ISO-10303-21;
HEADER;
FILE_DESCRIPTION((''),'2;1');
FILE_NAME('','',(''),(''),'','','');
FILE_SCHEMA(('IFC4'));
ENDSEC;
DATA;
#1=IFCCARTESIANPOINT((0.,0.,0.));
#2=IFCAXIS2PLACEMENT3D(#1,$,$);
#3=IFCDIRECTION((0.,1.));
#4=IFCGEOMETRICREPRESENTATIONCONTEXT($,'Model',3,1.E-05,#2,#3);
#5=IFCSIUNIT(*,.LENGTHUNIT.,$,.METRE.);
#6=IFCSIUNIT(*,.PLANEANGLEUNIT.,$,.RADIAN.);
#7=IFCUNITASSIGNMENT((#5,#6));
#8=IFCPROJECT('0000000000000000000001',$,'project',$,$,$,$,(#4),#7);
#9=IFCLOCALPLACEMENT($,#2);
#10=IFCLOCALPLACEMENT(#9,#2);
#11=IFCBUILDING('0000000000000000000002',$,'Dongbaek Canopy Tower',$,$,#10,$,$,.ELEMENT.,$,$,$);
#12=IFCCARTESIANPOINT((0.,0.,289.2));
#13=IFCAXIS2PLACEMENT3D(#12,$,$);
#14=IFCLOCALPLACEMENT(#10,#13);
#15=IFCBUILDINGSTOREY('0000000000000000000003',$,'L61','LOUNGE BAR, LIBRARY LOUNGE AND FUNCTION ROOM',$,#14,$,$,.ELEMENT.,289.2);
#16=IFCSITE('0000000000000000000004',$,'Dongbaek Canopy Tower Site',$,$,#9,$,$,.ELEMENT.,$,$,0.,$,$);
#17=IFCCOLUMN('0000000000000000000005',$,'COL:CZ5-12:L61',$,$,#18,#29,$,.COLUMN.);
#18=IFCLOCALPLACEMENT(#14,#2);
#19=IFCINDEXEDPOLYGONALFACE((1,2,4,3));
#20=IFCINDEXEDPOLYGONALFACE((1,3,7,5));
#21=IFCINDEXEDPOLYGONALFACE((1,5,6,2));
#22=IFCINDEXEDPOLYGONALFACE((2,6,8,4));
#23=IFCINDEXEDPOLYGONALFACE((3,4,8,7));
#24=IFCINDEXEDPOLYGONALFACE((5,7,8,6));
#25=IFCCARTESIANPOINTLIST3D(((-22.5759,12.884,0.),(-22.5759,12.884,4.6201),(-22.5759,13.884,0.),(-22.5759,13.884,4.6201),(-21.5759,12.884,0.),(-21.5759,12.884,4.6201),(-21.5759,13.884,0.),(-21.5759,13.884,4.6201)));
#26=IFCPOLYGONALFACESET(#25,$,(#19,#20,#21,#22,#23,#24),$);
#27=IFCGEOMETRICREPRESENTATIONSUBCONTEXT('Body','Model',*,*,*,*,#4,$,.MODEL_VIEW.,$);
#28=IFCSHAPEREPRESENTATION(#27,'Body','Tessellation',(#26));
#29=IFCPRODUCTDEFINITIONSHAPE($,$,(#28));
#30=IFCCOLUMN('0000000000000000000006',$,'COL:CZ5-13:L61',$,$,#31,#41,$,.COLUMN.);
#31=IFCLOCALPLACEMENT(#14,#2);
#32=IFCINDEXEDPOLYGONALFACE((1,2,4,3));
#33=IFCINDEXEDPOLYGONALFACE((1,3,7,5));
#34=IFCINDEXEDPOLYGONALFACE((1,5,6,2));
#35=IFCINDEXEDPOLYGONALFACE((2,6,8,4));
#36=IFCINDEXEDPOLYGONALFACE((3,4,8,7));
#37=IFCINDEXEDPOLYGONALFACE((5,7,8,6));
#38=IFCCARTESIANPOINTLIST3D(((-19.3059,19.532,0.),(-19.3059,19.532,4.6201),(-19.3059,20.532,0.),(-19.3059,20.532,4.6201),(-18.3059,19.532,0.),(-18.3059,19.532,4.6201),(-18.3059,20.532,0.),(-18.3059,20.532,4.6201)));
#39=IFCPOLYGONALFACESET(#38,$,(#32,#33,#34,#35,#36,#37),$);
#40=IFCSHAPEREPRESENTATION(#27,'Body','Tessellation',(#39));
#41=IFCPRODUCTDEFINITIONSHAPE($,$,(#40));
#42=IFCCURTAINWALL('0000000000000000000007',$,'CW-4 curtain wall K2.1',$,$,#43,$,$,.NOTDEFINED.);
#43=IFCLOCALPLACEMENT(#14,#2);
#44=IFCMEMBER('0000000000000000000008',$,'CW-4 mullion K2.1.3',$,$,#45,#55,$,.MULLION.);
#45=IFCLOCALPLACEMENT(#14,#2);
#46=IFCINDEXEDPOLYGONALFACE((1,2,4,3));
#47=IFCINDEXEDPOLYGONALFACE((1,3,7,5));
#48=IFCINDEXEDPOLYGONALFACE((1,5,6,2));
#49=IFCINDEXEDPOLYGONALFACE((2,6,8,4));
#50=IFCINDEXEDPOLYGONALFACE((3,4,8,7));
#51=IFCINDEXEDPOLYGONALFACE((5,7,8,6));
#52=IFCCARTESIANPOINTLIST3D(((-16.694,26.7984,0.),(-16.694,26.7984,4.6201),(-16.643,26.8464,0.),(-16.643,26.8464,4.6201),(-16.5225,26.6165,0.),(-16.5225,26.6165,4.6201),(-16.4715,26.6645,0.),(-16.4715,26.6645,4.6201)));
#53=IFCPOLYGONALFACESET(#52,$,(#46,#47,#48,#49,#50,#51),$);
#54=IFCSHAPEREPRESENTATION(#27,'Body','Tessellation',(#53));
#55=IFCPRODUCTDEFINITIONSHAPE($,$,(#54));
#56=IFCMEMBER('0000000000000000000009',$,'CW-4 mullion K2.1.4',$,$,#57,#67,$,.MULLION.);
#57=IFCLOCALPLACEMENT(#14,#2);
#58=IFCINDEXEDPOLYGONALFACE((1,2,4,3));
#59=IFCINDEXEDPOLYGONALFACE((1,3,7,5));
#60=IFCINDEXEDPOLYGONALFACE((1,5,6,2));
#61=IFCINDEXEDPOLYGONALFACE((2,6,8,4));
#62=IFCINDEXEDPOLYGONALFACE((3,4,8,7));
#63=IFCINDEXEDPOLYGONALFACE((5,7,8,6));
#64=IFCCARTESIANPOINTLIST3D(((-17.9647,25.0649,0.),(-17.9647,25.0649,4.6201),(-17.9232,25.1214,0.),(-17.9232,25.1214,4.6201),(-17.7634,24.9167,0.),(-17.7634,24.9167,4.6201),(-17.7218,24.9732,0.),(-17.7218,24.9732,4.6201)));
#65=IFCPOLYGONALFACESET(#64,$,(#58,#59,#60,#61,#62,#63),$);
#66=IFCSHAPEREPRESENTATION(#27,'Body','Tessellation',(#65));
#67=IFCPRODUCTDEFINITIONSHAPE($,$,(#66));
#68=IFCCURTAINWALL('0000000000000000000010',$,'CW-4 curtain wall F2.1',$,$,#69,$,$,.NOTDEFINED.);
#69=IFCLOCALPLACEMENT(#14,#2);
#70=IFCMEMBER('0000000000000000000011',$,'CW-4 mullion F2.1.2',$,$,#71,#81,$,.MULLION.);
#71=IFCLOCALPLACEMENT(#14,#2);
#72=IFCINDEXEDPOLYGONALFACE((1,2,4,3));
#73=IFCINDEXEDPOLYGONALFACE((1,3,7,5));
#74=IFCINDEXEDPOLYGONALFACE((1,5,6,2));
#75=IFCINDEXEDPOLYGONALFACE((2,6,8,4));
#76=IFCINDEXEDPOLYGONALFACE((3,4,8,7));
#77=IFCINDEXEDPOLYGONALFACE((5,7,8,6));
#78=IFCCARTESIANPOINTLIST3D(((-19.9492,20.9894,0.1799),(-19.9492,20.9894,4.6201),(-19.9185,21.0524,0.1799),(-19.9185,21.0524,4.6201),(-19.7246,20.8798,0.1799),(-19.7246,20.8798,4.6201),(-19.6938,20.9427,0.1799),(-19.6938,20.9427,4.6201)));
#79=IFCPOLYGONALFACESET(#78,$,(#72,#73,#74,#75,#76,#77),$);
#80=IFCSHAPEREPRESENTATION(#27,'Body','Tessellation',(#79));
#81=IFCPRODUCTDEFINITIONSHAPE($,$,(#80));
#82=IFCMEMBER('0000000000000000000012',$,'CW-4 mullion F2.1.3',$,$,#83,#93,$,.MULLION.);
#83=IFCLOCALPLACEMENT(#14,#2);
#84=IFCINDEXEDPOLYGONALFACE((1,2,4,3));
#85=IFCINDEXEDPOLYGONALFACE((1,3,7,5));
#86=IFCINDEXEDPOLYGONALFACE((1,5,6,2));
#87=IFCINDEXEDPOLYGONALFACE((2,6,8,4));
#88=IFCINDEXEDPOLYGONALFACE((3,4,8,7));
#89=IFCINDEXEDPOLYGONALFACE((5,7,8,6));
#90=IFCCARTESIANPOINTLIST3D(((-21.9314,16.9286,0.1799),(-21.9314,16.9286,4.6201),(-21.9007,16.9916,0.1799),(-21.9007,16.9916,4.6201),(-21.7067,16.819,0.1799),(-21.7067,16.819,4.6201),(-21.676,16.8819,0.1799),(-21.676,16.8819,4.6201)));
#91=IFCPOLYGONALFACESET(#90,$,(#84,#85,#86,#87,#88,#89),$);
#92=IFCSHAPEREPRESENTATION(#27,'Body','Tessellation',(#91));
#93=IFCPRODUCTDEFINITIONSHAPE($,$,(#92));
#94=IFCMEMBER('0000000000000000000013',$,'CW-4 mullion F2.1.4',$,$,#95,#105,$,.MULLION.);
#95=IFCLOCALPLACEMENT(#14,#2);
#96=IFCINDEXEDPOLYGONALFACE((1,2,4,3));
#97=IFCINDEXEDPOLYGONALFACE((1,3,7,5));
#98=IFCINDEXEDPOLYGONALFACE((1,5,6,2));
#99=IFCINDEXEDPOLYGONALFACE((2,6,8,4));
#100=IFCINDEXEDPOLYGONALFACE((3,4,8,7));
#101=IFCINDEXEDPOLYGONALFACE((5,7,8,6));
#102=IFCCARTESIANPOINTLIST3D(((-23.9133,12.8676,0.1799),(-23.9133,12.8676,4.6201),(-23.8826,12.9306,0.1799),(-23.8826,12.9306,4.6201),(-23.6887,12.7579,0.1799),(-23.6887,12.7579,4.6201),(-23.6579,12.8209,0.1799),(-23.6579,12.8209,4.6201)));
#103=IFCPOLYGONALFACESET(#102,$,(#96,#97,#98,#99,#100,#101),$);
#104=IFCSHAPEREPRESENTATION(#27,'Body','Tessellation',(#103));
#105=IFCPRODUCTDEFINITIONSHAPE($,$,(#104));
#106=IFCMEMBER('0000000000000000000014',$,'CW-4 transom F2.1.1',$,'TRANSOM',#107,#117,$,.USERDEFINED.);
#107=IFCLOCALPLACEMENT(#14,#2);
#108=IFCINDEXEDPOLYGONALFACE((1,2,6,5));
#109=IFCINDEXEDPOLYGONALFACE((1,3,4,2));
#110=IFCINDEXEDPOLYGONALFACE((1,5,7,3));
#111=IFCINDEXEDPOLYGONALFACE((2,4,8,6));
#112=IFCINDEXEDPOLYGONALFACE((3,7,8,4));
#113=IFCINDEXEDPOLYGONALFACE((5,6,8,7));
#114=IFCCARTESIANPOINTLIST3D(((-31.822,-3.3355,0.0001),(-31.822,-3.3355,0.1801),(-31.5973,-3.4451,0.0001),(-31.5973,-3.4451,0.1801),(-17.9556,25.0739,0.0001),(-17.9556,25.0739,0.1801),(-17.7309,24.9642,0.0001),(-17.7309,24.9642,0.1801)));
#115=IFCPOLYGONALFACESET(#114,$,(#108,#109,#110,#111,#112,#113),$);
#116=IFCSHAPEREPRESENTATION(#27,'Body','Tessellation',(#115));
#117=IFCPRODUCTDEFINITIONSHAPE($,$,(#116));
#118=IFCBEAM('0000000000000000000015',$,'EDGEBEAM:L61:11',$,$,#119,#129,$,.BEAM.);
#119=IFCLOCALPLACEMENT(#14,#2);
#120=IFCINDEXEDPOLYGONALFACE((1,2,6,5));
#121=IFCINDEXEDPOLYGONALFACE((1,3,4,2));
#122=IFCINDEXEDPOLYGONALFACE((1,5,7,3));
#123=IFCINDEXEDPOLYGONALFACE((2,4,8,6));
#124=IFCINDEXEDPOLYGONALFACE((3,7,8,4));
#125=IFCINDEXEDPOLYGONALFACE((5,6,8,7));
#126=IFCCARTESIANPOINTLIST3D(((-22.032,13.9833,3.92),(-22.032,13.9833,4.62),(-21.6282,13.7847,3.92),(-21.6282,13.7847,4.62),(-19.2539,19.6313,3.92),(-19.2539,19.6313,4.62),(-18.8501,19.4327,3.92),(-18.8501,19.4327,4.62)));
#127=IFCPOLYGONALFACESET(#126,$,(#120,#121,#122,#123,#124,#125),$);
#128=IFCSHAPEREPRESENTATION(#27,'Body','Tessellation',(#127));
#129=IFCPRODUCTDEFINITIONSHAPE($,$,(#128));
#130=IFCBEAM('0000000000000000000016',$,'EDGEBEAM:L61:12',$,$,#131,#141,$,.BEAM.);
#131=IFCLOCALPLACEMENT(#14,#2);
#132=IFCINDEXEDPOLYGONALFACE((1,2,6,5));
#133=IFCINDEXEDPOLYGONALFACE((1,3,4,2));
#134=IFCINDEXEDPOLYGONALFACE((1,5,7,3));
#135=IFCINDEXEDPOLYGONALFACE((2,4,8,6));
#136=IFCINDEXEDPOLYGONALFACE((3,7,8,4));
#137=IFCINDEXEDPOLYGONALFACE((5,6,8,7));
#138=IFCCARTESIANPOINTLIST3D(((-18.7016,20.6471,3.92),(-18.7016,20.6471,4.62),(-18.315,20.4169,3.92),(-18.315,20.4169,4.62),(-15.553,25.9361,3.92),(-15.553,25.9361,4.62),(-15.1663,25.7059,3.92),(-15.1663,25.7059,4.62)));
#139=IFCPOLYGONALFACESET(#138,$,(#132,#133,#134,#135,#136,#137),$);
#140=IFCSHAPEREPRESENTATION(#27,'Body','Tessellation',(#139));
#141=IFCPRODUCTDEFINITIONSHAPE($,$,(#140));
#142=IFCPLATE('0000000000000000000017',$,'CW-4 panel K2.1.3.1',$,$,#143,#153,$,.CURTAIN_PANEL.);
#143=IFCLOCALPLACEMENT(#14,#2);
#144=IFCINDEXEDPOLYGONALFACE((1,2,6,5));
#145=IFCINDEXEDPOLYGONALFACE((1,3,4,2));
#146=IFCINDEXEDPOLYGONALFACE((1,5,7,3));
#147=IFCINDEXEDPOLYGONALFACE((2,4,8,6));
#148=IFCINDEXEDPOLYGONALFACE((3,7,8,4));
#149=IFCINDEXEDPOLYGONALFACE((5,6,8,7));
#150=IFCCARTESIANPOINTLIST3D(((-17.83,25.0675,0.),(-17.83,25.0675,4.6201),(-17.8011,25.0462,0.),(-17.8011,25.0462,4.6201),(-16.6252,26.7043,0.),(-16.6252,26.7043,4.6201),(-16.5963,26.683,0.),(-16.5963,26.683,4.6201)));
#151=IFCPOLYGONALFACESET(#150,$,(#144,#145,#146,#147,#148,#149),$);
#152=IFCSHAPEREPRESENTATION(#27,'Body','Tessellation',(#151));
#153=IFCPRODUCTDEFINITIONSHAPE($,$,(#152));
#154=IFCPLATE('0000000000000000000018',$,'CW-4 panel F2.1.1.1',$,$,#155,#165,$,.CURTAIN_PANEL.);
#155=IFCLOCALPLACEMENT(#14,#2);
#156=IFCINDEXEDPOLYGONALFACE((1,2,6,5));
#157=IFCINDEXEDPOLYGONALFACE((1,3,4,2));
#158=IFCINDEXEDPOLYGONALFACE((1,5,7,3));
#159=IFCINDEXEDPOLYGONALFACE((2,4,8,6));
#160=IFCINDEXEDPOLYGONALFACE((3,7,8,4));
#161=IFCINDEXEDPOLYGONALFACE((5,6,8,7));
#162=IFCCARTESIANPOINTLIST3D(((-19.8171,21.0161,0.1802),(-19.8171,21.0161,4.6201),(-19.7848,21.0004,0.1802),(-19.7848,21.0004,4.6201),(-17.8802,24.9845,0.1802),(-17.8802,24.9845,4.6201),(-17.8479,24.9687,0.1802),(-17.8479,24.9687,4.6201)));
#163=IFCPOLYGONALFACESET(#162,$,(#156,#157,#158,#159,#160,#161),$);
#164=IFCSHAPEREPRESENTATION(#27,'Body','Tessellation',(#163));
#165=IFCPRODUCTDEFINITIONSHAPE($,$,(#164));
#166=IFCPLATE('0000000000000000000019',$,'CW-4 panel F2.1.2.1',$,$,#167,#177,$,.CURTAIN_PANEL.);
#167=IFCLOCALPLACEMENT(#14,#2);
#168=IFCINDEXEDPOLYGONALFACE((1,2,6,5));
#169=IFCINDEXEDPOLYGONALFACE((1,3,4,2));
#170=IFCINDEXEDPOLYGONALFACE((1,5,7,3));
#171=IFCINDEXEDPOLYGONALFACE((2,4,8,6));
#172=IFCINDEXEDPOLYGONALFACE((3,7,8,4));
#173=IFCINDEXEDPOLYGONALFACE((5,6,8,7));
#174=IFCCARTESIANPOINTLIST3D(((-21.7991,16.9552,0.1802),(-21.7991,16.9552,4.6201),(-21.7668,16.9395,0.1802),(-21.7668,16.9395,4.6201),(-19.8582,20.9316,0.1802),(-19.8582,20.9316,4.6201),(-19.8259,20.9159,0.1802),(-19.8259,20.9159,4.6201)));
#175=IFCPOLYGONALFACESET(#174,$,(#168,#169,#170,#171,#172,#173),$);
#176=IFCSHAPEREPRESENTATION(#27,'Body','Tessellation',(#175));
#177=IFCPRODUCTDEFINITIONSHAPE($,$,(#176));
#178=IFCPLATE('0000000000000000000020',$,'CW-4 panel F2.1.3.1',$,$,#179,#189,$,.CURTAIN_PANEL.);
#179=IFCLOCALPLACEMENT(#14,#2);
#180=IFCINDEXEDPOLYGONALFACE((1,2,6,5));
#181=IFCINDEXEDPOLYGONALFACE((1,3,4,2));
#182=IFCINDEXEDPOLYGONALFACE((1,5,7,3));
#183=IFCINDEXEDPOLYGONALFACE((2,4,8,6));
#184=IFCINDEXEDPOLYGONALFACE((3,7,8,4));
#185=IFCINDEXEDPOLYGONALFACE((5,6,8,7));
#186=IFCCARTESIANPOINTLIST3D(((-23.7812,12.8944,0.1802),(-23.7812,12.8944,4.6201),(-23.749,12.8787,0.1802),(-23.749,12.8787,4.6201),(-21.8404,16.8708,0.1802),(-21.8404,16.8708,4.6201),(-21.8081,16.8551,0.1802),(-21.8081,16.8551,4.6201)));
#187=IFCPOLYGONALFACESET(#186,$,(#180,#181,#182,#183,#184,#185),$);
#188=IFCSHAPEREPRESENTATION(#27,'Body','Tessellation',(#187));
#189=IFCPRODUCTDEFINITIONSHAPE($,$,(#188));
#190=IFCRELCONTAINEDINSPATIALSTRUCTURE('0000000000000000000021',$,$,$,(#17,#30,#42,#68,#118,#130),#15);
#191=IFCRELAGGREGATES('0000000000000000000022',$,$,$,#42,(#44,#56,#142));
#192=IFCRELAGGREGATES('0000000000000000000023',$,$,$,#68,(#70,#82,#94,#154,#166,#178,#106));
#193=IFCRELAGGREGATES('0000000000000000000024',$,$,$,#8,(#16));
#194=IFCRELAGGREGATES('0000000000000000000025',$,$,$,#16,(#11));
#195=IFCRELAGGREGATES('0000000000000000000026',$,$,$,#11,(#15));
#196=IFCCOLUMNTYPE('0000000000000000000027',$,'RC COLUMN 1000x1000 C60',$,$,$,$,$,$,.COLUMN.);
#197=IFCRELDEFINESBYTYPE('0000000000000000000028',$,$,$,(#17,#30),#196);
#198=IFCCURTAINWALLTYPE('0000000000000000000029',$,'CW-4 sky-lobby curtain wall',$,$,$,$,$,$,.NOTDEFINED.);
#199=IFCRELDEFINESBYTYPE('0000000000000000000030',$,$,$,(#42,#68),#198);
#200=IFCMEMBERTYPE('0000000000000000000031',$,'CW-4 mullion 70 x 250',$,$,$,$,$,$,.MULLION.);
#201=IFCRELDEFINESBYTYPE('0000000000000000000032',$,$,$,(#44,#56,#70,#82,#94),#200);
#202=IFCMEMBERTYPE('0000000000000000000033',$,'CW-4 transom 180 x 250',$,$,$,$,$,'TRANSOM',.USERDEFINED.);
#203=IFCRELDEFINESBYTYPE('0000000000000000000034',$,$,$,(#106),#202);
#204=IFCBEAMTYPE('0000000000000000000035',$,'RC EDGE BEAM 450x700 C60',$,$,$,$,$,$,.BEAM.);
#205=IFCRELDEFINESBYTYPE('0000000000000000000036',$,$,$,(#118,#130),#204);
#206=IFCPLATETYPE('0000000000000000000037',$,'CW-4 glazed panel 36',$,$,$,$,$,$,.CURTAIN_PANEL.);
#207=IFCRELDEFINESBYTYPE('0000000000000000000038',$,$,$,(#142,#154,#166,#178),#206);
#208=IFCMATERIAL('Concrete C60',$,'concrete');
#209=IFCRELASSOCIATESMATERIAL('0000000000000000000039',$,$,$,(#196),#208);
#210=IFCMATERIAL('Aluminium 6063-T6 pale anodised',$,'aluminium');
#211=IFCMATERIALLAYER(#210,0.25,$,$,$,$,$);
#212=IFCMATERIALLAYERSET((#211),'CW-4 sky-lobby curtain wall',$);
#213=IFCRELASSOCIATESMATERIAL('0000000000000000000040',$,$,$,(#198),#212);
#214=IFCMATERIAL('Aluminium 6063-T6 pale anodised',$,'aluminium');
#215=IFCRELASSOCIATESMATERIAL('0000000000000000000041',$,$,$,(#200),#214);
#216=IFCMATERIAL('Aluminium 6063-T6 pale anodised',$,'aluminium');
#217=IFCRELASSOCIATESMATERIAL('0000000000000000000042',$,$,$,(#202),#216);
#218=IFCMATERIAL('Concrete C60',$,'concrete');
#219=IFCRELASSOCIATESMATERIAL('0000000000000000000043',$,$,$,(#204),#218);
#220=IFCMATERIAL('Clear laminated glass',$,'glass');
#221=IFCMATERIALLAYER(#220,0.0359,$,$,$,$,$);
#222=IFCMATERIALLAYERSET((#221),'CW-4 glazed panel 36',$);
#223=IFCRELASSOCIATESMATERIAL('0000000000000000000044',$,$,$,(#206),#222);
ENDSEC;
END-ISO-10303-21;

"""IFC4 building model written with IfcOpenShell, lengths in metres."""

from ifc_helpers import new_model, si_unit, direction, frame, origin, origin_2d, place, context, subcontext, project, spatial, rectangle, extrude, material, layer, layer_set, material_profile, profile_set, type_object, element, aggregate, save


model = new_model("IFC4")

# Units and contexts
model_context = context("Model", 3, precision=1e-05, world=origin(), true_north=direction((0.0, 1.0)))
body_context = subcontext(model_context, "Body", "Model", "MODEL_VIEW")
ifc_project = project(units=[si_unit("LENGTHUNIT", "METRE"), si_unit("PLANEANGLEUNIT", "RADIAN")], contexts=[model_context])

# Site, building, storey
site_placement = place(None, origin())
site = spatial("IfcSite", under=ifc_project, at=site_placement, Name="Dongbaek Canopy Tower Site", CompositionType="ELEMENT", RefElevation=0.0)
building_placement = place(site_placement, origin())
building = spatial("IfcBuilding", under=site, at=building_placement, Name="Dongbaek Canopy Tower", CompositionType="ELEMENT")
storey_placement = place(building_placement, frame((0.0, 0.0, 289.2)))
storey = spatial("IfcBuildingStorey", under=building, at=storey_placement, Name="L61", Description="LOUNGE BAR, LIBRARY LOUNGE AND FUNCTION ROOM", CompositionType="ELEMENT", Elevation=289.2)

# Columns
ifc_material_1 = material(Name="Concrete C60", Category="concrete")
ifc_material_profile_1 = material_profile(ifc_material_1, rectangle(XDim=1.0, YDim=1.0, at=origin_2d()), Name="RC COLUMN 1000x1000 C60")
ifc_profile_set_1 = profile_set([ifc_material_profile_1], Name="Concrete C60")
column_type = type_object("IfcColumnType", Name="RC COLUMN 1000x1000 C60", PredefinedType="COLUMN", material=ifc_profile_set_1)
for number, where, z_axis, x_axis, name in (
    (1, (-22.0759, 13.384, 0.0), (0.0, 0.0, 1.0), (1.0, 0.0, 0.0), "COL:CZ5-12:L61"),
    (2, (-18.8059, 20.032, 0.0), (0.0, 0.0, 1.0), (1.0, 0.0, 0.0), "COL:CZ5-13:L61"),
):
    element("IfcColumn", number, at=place(storey_placement, frame(where, z_axis=z_axis, x_axis=x_axis)), inside=storey, type_object=column_type, Name=name, PredefinedType="COLUMN", context=body_context, shape_type="SweptSolid", body=[
        extrude(rectangle(XDim=1.0, YDim=1.0, at=origin_2d()), origin(), (0.0, 0.0, 1.0), 4.6201),
    ])

# Curtain walls, members
ifc_material_2 = material(Name="Aluminium 6063-T6 pale anodised", Category="aluminium")
ifc_layer_1 = layer(ifc_material_2, 0.25)
ifc_layer_set_1 = layer_set([ifc_layer_1], Name="CW-4 sky-lobby curtain wall")
curtain_wall_type = type_object("IfcCurtainWallType", Name="CW-4 sky-lobby curtain wall", PredefinedType="NOTDEFINED", material=ifc_layer_set_1)
curtain_wall_1_placement = place(storey_placement, origin())
curtain_wall_1 = element("IfcCurtainWall", 3, at=curtain_wall_1_placement, inside=storey, type_object=curtain_wall_type, Name="CW-4 curtain wall K2.1", PredefinedType="NOTDEFINED")
ifc_material_3 = material(Name="Aluminium 6063-T6 pale anodised", Category="aluminium")
ifc_material_profile_2 = material_profile(ifc_material_3, rectangle(XDim=0.25, YDim=0.0701, at=origin_2d()), Name="CW-4 mullion 70 x 250")
ifc_profile_set_2 = profile_set([ifc_material_profile_2], Name="Aluminium 6063-T6 pale anodised")
member_type_1 = type_object("IfcMemberType", Name="CW-4 mullion 70 x 250", PredefinedType="MULLION", material=ifc_profile_set_2)
member_1_placement = place(storey_placement, frame((-16.5828, 26.7314, 0.0), z_axis=(0.0, 0.0, 1.0), x_axis=(-0.685865, 0.727729, 0.0)))
member_1 = element("IfcMember", 4, at=member_1_placement, type_object=member_type_1, Name="CW-4 mullion K2.1.3", PredefinedType="MULLION", context=body_context, shape_type="SweptSolid", body=[
    extrude(rectangle(XDim=0.25, YDim=0.0701, at=origin_2d()), origin(), (0.0, 0.0, 1.0), 4.6201),
])
member_2_placement = place(storey_placement, frame((-17.8433, 25.019, 0.0), z_axis=(0.0, 0.0, 1.0), x_axis=(-0.805345, 0.592807, 0.0)))
member_2 = element("IfcMember", 5, at=member_2_placement, type_object=member_type_1, Name="CW-4 mullion K2.1.4", PredefinedType="MULLION", context=body_context, shape_type="SweptSolid", body=[
    extrude(rectangle(XDim=0.25, YDim=0.0701, at=origin_2d()), origin(), (0.0, 0.0, 1.0), 4.6201),
])
curtain_wall_2_placement = place(storey_placement, origin())
curtain_wall_2 = element("IfcCurtainWall", 6, at=curtain_wall_2_placement, inside=storey, type_object=curtain_wall_type, Name="CW-4 curtain wall F2.1", PredefinedType="NOTDEFINED")
member_3_placement = place(storey_placement, frame((-19.8215, 20.9661, 0.1799), z_axis=(0.0, 0.0, 1.0), x_axis=(-0.898667, 0.438631, 0.0)))
member_3 = element("IfcMember", 7, at=member_3_placement, type_object=member_type_1, Name="CW-4 mullion F2.1.2", PredefinedType="MULLION", context=body_context, shape_type="SweptSolid", body=[
    extrude(rectangle(XDim=0.25, YDim=0.0701, at=origin_2d()), origin(), (0.0, 0.0, 1.0), 4.4402),
])
member_4_placement = place(storey_placement, frame((-21.8037, 16.9053, 0.1799), z_axis=(0.0, 0.0, 1.0), x_axis=(-0.898667, 0.438631, 0.0)))
member_4 = element("IfcMember", 8, at=member_4_placement, type_object=member_type_1, Name="CW-4 mullion F2.1.3", PredefinedType="MULLION", context=body_context, shape_type="SweptSolid", body=[
    extrude(rectangle(XDim=0.25, YDim=0.0701, at=origin_2d()), origin(), (0.0, 0.0, 1.0), 4.4402),
])
member_5_placement = place(storey_placement, frame((-23.7856, 12.8442, 0.1799), z_axis=(0.0, 0.0, 1.0), x_axis=(-0.898667, 0.438631, 0.0)))
member_5 = element("IfcMember", 9, at=member_5_placement, type_object=member_type_1, Name="CW-4 mullion F2.1.4", PredefinedType="MULLION", context=body_context, shape_type="SweptSolid", body=[
    extrude(rectangle(XDim=0.25, YDim=0.0701, at=origin_2d()), origin(), (0.0, 0.0, 1.0), 4.4402),
])
ifc_material_4 = material(Name="Aluminium 6063-T6 pale anodised", Category="aluminium")
ifc_material_profile_3 = material_profile(ifc_material_4, rectangle(XDim=0.25, YDim=0.1799, at=origin_2d()), Name="CW-4 transom 180 x 250")
ifc_profile_set_3 = profile_set([ifc_material_profile_3], Name="Aluminium 6063-T6 pale anodised")
member_type_2 = type_object("IfcMemberType", Name="CW-4 transom 180 x 250", ElementType="TRANSOM", PredefinedType="USERDEFINED", material=ifc_profile_set_3)
member_6_placement = place(storey_placement, frame((-17.8433, 25.019, 0.0901), z_axis=(-0.438633, -0.898666, 0.0), x_axis=(0.898666, -0.438633, 0.0)))
member_6 = element("IfcMember", 10, at=member_6_placement, type_object=member_type_2, Name="CW-4 transom F2.1.1", ObjectType="TRANSOM", PredefinedType="USERDEFINED", context=body_context, shape_type="SweptSolid", body=[
    extrude(rectangle(XDim=0.25, YDim=0.1799, at=origin_2d()), origin(), (0.0, 0.0, 1.0), 31.6128),
])

# Beams
ifc_material_5 = material(Name="Concrete C60", Category="concrete")
ifc_material_profile_4 = material_profile(ifc_material_5, rectangle(XDim=0.45, YDim=0.7, at=origin_2d()), Name="RC EDGE BEAM 450x700 C60")
ifc_profile_set_4 = profile_set([ifc_material_profile_4], Name="Concrete C60")
beam_type = type_object("IfcBeamType", Name="RC EDGE BEAM 450x700 C60", PredefinedType="BEAM", material=ifc_profile_set_4)
beam_1_placement = place(storey_placement, frame((-21.8301, 13.884, 4.27), z_axis=(0.44137, 0.897325, 0.0), x_axis=(-0.897325, 0.44137, 0.0)))
element("IfcBeam", 11, at=beam_1_placement, inside=storey, type_object=beam_type, Name="EDGEBEAM:L61:11", PredefinedType="BEAM", context=body_context, shape_type="SweptSolid", body=[
    extrude(rectangle(XDim=0.45, YDim=0.7, at=origin_2d()), origin(), (0.0, 0.0, 1.0), 6.2942),
])
beam_2_placement = place(storey_placement, frame((-18.5083, 20.532, 4.27), z_axis=(0.511535, 0.859262, 0.0), x_axis=(-0.859262, 0.511535, 0.0)))
element("IfcBeam", 12, at=beam_2_placement, inside=storey, type_object=beam_type, Name="EDGEBEAM:L61:12", PredefinedType="BEAM", context=body_context, shape_type="SweptSolid", body=[
    extrude(rectangle(XDim=0.45, YDim=0.7, at=origin_2d()), origin(), (0.0, 0.0, 1.0), 6.1553),
])

# Plates
ifc_material_6 = material(Name="Clear laminated glass", Category="glass")
ifc_layer_2 = layer(ifc_material_6, 0.0359)
ifc_layer_set_2 = layer_set([ifc_layer_2], Name="CW-4 glazed panel 36")
plate_type = type_object("IfcPlateType", Name="CW-4 glazed panel 36", PredefinedType="CURTAIN_PANEL", material=ifc_layer_set_2)
plate_1_placement = place(storey_placement, frame((-17.2131, 25.8752, 0.0), z_axis=(0.0, 0.0, 1.0), x_axis=(-0.592807, -0.805345, 0.0)))
plate_1 = element("IfcPlate", 13, at=plate_1_placement, type_object=plate_type, Name="CW-4 panel K2.1.3.1", PredefinedType="CURTAIN_PANEL", context=body_context, shape_type="SweptSolid", body=[
    extrude(rectangle(XDim=2.0325, YDim=0.0359, at=origin_2d()), origin(), (0.0, 0.0, 1.0), 4.6201),
])
aggregate(curtain_wall_1, [member_1, member_2, plate_1])
plate_2_placement = place(storey_placement, frame((-18.8325, 22.9924, 0.1802), z_axis=(0.0, 0.0, 1.0), x_axis=(-0.438631, -0.898667, 0.0)))
plate_2 = element("IfcPlate", 14, at=plate_2_placement, type_object=plate_type, Name="CW-4 panel F2.1.1.1", PredefinedType="CURTAIN_PANEL", context=body_context, shape_type="SweptSolid", body=[
    extrude(rectangle(XDim=4.4158, YDim=0.0359, at=origin_2d()), origin(), (0.0, 0.0, 1.0), 4.4399),
])
plate_3_placement = place(storey_placement, frame((-20.8125, 18.9355, 0.1802), z_axis=(0.0, 0.0, 1.0), x_axis=(-0.438631, -0.898667, 0.0)))
plate_3 = element("IfcPlate", 15, at=plate_3_placement, type_object=plate_type, Name="CW-4 panel F2.1.2.1", PredefinedType="CURTAIN_PANEL", context=body_context, shape_type="SweptSolid", body=[
    extrude(rectangle(XDim=4.4248, YDim=0.0359, at=origin_2d()), origin(), (0.0, 0.0, 1.0), 4.4399),
])
plate_4_placement = place(storey_placement, frame((-22.7947, 14.8748, 0.1802), z_axis=(0.0, 0.0, 1.0), x_axis=(-0.438631, -0.898667, 0.0)))
plate_4 = element("IfcPlate", 16, at=plate_4_placement, type_object=plate_type, Name="CW-4 panel F2.1.3.1", PredefinedType="CURTAIN_PANEL", context=body_context, shape_type="SweptSolid", body=[
    extrude(rectangle(XDim=4.4248, YDim=0.0359, at=origin_2d()), origin(), (0.0, 0.0, 1.0), 4.4399),
])

aggregate(curtain_wall_2, [member_3, member_4, member_5, plate_2, plate_3, plate_4, member_6])

save(model, "model.ifc")
